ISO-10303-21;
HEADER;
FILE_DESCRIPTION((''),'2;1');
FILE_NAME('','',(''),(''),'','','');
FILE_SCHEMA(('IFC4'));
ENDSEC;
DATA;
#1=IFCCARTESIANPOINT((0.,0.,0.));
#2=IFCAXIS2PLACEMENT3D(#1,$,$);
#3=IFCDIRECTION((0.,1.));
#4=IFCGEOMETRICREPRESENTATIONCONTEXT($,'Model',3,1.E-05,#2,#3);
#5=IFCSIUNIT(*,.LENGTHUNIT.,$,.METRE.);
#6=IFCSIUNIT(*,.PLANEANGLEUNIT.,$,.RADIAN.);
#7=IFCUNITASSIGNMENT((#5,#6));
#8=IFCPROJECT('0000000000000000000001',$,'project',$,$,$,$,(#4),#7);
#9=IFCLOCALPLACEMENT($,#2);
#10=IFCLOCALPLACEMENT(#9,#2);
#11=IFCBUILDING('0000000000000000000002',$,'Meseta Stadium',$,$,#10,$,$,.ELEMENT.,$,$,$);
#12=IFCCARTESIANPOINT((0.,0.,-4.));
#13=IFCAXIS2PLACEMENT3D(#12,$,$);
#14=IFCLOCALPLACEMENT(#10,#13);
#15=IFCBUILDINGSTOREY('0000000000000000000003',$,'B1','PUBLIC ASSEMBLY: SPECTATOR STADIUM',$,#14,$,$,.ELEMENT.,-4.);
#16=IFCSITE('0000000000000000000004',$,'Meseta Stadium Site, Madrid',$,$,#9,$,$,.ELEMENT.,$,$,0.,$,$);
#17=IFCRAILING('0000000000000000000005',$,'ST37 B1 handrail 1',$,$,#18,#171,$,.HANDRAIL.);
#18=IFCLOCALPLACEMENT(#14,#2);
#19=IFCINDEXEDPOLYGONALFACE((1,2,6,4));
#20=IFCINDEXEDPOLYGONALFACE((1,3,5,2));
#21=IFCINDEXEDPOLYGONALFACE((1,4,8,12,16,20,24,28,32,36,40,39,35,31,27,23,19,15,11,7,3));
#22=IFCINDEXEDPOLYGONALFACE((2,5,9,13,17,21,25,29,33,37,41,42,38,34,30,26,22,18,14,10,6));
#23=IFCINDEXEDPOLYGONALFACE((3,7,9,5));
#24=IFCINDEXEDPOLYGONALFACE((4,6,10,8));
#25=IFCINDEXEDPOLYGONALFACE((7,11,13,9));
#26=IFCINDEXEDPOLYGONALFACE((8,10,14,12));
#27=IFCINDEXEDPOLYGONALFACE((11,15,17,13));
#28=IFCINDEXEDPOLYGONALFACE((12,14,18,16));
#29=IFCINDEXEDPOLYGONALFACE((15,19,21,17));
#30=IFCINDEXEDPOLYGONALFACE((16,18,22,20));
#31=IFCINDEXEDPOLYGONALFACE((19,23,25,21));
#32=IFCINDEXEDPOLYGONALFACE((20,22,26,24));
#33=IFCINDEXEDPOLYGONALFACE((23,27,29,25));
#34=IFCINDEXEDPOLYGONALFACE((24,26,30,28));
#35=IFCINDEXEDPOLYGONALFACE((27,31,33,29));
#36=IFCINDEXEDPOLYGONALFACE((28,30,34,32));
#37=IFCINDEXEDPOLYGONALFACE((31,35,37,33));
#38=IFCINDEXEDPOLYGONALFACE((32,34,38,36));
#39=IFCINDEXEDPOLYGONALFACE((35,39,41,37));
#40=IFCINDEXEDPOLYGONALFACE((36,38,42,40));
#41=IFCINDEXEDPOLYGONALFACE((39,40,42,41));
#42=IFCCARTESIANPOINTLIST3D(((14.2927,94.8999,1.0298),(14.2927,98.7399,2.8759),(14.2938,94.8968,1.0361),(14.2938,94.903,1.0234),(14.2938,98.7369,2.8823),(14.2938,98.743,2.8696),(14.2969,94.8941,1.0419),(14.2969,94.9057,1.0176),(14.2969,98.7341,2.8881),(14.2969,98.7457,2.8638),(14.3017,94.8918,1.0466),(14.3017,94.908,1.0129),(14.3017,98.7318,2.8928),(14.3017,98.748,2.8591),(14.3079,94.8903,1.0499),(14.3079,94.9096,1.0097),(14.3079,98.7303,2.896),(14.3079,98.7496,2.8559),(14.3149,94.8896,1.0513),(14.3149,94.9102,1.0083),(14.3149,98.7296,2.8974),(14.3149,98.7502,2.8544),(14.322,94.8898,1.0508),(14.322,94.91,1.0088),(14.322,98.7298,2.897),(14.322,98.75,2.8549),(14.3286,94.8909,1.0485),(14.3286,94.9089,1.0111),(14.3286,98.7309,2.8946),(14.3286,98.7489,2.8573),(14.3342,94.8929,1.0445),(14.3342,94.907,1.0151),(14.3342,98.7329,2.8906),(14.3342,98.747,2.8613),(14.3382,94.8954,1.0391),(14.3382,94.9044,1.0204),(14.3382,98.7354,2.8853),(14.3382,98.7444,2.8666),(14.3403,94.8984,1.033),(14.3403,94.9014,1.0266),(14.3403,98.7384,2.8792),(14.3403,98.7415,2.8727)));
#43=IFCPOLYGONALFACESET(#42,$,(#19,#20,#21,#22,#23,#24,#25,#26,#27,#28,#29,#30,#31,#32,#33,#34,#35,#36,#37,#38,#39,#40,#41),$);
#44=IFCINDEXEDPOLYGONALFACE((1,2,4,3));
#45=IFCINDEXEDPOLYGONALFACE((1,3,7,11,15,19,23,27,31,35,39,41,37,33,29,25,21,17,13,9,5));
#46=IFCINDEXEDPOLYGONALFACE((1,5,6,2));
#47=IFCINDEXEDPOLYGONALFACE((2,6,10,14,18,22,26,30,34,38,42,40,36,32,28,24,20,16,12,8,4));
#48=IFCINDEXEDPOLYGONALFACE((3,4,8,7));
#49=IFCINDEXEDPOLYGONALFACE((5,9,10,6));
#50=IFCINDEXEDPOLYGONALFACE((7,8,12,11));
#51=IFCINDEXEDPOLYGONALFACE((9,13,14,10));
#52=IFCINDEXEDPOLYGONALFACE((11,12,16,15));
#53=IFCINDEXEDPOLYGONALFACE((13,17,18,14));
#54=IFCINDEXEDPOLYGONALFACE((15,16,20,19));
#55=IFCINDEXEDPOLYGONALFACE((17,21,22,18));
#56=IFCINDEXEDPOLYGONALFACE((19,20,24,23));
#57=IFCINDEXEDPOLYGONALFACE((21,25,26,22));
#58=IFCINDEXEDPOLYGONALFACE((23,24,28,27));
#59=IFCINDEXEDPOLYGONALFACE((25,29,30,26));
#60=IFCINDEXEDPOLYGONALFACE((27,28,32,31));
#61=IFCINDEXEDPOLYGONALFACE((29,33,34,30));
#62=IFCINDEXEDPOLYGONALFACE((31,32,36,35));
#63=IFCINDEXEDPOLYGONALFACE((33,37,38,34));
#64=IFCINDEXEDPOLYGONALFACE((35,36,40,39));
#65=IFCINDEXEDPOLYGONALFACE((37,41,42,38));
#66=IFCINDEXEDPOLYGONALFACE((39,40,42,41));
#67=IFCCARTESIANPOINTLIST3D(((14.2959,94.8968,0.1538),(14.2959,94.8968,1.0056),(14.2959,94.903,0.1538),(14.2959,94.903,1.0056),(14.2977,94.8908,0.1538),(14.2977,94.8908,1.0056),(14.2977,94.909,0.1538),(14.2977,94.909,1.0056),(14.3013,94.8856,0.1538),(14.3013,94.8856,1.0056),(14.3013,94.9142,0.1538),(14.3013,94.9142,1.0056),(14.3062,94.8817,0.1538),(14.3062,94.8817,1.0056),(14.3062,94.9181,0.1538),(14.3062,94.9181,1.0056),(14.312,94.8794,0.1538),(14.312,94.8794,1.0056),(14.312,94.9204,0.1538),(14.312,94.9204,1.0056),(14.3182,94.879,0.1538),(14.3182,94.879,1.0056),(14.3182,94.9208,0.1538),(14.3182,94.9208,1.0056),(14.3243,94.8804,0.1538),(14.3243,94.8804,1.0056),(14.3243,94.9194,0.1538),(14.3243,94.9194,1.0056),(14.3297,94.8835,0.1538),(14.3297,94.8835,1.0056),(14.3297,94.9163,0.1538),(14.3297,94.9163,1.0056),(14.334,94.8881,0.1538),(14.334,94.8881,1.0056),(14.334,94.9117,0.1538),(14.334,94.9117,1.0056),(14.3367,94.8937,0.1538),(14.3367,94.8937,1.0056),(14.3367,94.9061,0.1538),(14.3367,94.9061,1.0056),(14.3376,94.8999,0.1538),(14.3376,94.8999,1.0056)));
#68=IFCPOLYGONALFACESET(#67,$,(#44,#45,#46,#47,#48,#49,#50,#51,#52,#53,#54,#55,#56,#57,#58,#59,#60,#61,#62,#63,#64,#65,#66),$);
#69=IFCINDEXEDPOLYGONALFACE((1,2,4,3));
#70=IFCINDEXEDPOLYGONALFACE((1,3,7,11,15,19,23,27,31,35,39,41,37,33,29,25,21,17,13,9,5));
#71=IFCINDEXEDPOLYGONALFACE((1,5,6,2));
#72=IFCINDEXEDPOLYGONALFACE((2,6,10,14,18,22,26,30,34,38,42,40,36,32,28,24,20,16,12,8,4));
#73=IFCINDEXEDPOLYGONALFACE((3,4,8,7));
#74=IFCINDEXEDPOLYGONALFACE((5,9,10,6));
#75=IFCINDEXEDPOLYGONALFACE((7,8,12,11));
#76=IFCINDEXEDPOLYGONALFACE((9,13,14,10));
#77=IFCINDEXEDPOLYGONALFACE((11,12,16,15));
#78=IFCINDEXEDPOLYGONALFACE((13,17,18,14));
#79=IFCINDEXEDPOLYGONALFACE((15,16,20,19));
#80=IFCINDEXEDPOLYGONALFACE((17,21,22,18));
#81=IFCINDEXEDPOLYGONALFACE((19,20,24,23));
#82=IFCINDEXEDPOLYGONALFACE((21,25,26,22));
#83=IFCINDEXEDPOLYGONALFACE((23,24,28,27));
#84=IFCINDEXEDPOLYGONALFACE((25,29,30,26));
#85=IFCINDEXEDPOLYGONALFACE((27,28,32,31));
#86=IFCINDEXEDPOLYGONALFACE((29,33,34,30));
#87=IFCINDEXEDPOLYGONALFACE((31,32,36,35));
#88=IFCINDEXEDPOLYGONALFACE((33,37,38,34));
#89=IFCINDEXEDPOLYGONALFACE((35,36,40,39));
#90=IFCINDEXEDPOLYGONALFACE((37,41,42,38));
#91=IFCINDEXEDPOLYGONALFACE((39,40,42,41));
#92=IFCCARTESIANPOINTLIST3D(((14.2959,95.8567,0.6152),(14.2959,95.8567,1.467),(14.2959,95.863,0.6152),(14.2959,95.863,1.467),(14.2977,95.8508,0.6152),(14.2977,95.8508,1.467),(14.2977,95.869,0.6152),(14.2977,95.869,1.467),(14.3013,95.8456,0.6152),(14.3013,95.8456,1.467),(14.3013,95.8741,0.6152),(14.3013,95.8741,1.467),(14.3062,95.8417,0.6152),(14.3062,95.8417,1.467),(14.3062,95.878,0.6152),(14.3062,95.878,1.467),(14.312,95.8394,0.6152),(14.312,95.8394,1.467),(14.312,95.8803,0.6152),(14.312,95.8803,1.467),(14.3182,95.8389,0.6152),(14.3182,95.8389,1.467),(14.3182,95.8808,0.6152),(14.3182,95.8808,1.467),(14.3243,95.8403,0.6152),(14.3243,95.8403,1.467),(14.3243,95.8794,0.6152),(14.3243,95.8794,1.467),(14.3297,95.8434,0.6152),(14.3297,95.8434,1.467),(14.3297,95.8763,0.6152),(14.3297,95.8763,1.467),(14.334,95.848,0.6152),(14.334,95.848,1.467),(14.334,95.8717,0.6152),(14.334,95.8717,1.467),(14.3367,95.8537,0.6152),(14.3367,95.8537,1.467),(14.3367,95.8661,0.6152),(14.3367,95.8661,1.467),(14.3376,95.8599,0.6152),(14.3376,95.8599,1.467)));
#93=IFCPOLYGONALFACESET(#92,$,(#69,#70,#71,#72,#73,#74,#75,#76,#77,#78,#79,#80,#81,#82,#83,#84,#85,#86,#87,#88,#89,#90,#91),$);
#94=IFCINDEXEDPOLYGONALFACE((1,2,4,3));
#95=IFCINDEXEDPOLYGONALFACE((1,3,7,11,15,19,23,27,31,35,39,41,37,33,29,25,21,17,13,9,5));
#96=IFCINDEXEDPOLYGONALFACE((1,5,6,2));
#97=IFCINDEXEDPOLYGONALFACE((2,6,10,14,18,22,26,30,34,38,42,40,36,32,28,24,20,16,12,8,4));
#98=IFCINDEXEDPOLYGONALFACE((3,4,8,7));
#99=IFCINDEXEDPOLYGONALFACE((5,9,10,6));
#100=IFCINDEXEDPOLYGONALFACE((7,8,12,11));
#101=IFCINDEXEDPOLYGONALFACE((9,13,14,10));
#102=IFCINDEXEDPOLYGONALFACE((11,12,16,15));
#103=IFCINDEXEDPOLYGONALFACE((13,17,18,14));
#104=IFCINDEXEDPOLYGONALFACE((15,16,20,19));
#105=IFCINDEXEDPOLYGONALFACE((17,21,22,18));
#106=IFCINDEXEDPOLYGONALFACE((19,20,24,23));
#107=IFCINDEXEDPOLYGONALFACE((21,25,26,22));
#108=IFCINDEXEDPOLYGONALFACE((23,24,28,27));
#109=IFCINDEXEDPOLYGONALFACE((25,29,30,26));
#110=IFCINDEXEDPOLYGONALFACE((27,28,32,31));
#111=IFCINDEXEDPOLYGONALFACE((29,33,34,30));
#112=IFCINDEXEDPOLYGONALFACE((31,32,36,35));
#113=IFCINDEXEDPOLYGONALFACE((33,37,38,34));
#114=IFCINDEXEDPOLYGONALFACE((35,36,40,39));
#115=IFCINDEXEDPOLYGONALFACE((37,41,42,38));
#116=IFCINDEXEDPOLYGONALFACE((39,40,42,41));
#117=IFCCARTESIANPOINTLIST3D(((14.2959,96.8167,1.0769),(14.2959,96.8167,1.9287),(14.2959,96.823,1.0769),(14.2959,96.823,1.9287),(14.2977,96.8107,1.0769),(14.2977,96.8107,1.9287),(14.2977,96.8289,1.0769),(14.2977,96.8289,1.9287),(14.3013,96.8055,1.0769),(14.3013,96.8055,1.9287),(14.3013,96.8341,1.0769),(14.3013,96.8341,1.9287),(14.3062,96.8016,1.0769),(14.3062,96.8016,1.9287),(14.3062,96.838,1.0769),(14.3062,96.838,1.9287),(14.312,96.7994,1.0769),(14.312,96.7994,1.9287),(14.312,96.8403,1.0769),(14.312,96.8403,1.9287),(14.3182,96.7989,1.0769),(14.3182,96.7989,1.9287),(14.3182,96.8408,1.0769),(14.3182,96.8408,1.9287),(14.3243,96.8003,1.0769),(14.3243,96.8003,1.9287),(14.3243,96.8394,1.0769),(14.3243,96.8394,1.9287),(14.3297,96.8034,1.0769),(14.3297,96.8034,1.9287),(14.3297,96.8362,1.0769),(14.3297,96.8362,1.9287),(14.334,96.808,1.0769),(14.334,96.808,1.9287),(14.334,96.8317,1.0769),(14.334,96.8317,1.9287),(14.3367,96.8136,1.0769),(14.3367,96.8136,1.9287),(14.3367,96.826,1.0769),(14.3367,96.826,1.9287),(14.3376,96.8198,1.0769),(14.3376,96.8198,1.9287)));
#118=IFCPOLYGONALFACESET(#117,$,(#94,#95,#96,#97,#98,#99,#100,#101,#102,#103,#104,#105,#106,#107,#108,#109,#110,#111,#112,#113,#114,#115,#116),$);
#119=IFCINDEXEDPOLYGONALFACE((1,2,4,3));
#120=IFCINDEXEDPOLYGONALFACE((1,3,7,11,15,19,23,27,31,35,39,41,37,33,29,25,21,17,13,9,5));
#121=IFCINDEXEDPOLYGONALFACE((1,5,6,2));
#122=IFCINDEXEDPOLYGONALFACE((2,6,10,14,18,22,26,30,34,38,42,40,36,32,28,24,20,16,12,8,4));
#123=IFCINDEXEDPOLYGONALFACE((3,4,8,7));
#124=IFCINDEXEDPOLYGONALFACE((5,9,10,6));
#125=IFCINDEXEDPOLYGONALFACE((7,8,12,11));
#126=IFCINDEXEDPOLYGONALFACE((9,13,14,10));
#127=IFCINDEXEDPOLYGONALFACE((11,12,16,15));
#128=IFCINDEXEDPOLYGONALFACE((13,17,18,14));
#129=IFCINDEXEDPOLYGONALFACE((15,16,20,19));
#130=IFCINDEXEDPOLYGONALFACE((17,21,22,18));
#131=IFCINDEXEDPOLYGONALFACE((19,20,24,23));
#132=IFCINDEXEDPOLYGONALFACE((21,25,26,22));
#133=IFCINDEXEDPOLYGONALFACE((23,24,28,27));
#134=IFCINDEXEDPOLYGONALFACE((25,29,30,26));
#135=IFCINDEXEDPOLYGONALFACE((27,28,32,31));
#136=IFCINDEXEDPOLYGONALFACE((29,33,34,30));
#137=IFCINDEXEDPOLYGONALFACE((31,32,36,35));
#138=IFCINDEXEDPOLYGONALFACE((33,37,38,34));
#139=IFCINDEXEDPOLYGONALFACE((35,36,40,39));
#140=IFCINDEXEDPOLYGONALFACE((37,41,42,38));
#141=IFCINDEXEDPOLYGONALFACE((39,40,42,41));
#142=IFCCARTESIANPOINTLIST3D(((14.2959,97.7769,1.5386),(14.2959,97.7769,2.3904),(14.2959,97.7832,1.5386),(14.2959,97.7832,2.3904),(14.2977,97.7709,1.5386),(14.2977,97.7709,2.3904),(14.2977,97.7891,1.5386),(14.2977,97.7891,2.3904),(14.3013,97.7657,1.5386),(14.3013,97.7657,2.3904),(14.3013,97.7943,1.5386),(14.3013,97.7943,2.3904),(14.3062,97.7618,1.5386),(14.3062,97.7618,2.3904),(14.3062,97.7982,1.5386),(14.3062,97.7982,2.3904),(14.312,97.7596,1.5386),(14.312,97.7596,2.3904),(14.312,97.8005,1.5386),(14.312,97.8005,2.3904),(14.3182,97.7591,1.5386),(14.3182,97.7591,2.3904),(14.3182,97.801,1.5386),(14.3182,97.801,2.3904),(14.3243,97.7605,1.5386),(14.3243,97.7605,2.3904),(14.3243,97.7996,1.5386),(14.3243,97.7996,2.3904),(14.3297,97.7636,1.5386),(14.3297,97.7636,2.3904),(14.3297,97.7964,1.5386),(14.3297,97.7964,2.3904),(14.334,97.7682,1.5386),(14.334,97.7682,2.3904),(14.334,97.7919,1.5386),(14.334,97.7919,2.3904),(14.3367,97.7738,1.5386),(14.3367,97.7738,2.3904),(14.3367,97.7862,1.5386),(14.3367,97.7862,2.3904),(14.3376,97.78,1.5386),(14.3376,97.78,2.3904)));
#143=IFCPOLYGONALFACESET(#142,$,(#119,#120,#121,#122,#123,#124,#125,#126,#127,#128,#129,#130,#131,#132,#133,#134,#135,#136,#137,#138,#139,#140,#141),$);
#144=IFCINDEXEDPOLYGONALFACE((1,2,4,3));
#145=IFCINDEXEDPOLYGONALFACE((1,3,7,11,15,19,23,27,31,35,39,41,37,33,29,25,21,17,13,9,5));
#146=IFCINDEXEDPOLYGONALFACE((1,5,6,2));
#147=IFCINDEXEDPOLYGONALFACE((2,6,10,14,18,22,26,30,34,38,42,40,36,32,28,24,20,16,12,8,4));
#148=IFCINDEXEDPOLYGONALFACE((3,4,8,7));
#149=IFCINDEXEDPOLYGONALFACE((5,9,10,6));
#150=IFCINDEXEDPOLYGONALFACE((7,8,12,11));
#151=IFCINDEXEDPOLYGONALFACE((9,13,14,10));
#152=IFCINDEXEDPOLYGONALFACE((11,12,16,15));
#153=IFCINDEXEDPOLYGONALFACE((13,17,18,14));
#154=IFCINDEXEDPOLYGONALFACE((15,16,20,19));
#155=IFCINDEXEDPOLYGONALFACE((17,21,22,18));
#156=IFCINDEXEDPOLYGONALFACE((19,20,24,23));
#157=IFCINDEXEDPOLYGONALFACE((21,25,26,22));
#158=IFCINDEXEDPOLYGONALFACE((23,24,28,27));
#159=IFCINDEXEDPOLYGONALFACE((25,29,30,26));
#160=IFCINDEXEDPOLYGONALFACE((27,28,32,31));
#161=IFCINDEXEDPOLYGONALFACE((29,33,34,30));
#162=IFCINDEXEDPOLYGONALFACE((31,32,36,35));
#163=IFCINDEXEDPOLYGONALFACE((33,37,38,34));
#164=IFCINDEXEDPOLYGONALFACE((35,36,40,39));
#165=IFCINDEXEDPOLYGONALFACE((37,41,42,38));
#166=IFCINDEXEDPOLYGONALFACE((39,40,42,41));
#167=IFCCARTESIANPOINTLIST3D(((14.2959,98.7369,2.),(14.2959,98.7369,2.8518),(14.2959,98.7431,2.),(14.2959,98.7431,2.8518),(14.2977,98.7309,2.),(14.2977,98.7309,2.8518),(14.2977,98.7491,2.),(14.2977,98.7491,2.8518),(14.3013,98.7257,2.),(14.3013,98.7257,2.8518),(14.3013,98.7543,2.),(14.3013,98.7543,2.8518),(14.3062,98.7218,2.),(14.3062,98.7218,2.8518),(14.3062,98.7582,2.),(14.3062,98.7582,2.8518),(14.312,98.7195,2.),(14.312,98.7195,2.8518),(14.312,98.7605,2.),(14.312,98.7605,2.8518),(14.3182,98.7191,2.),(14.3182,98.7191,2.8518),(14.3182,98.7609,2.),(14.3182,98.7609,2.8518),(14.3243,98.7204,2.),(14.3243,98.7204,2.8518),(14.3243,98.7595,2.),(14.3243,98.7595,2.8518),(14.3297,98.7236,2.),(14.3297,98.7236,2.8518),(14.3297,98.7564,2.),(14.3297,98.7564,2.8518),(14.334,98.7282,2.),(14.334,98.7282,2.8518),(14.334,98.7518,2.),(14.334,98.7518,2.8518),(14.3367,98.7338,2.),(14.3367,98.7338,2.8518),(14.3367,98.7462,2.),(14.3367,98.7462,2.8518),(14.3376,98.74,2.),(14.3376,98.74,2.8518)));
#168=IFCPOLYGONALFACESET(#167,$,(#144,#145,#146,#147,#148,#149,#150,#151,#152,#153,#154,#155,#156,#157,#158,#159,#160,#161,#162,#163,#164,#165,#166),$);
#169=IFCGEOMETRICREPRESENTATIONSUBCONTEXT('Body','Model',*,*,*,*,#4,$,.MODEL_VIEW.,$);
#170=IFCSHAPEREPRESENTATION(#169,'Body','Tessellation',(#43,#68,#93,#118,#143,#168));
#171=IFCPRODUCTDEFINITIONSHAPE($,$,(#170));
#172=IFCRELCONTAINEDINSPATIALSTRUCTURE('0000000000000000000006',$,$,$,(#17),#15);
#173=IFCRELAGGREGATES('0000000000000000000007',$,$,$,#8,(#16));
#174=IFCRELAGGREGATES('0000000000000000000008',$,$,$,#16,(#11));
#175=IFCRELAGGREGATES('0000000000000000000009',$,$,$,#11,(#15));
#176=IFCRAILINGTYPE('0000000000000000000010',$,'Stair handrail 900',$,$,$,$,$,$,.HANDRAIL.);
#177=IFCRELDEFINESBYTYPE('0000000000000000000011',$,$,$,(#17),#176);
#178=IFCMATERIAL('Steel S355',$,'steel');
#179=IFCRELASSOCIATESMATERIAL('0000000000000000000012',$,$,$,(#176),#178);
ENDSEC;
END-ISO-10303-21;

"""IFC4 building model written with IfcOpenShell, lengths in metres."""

from ifc_helpers import new_model, si_unit, direction, frame, origin, origin_2d, place, context, subcontext, project, spatial, circle, extrude, material, type_object, element, save


model = new_model("IFC4")

# Units and contexts
model_context = context("Model", 3, precision=1e-05, world=origin(), true_north=direction((0.0, 1.0)))
body_context = subcontext(model_context, "Body", "Model", "MODEL_VIEW")
ifc_project = project(units=[si_unit("LENGTHUNIT", "METRE"), si_unit("PLANEANGLEUNIT", "RADIAN")], contexts=[model_context])

# Site, building, storey
site_placement = place(None, origin())
site = spatial("IfcSite", under=ifc_project, at=site_placement, Name="Meseta Stadium Site, Madrid", CompositionType="ELEMENT", RefElevation=0.0)
building_placement = place(site_placement, origin())
building = spatial("IfcBuilding", under=site, at=building_placement, Name="Meseta Stadium", CompositionType="ELEMENT")
storey_placement = place(building_placement, frame((0.0, 0.0, -4.0)))
storey = spatial("IfcBuildingStorey", under=building, at=storey_placement, Name="B1", Description="PUBLIC ASSEMBLY: SPECTATOR STADIUM", CompositionType="ELEMENT", Elevation=-4.0)

# Railing
ifc_material_1 = material(Name="Steel S355", Category="steel")
railing_type_1 = type_object("IfcRailingType", Name="Stair handrail 900", PredefinedType="HANDRAIL", material=ifc_material_1)
for number, where, name in (
    (1, (14.3167, 94.8999, 0.1538), "ST37 B1 handrail 1"),
):
    element("IfcRailing", number, at=place(storey_placement, frame(where)), inside=storey, type_object=railing_type_1, Name=name, PredefinedType="HANDRAIL", context=body_context, shape_type="SweptSolid", body=[
        extrude(circle(Radius=0.0239, at=origin_2d()), frame((0.0, 0.0, 0.876), z_axis=(0.0, 0.901253, 0.433294), x_axis=(-1.0, 0.0, 0.0)), (0.0, 0.0, 1.0), 4.2607),
        extrude(circle(Radius=0.021, at=origin_2d()), origin(), (0.0, 0.0, 1.0), 0.8518),
        extrude(circle(Radius=0.021, at=origin_2d()), frame((0.0, 0.96, 0.4614)), (0.0, 0.0, 1.0), 0.8518),
        extrude(circle(Radius=0.021, at=origin_2d()), frame((0.0, 1.9199, 0.9231)), (0.0, 0.0, 1.0), 0.8518),
        extrude(circle(Radius=0.021, at=origin_2d()), frame((0.0, 2.8801, 1.3848)), (0.0, 0.0, 1.0), 0.8518),
        extrude(circle(Radius=0.021, at=origin_2d()), frame((0.0, 3.8401, 1.8462)), (0.0, 0.0, 1.0), 0.8518),
    ])

save(model, "model.ifc")
